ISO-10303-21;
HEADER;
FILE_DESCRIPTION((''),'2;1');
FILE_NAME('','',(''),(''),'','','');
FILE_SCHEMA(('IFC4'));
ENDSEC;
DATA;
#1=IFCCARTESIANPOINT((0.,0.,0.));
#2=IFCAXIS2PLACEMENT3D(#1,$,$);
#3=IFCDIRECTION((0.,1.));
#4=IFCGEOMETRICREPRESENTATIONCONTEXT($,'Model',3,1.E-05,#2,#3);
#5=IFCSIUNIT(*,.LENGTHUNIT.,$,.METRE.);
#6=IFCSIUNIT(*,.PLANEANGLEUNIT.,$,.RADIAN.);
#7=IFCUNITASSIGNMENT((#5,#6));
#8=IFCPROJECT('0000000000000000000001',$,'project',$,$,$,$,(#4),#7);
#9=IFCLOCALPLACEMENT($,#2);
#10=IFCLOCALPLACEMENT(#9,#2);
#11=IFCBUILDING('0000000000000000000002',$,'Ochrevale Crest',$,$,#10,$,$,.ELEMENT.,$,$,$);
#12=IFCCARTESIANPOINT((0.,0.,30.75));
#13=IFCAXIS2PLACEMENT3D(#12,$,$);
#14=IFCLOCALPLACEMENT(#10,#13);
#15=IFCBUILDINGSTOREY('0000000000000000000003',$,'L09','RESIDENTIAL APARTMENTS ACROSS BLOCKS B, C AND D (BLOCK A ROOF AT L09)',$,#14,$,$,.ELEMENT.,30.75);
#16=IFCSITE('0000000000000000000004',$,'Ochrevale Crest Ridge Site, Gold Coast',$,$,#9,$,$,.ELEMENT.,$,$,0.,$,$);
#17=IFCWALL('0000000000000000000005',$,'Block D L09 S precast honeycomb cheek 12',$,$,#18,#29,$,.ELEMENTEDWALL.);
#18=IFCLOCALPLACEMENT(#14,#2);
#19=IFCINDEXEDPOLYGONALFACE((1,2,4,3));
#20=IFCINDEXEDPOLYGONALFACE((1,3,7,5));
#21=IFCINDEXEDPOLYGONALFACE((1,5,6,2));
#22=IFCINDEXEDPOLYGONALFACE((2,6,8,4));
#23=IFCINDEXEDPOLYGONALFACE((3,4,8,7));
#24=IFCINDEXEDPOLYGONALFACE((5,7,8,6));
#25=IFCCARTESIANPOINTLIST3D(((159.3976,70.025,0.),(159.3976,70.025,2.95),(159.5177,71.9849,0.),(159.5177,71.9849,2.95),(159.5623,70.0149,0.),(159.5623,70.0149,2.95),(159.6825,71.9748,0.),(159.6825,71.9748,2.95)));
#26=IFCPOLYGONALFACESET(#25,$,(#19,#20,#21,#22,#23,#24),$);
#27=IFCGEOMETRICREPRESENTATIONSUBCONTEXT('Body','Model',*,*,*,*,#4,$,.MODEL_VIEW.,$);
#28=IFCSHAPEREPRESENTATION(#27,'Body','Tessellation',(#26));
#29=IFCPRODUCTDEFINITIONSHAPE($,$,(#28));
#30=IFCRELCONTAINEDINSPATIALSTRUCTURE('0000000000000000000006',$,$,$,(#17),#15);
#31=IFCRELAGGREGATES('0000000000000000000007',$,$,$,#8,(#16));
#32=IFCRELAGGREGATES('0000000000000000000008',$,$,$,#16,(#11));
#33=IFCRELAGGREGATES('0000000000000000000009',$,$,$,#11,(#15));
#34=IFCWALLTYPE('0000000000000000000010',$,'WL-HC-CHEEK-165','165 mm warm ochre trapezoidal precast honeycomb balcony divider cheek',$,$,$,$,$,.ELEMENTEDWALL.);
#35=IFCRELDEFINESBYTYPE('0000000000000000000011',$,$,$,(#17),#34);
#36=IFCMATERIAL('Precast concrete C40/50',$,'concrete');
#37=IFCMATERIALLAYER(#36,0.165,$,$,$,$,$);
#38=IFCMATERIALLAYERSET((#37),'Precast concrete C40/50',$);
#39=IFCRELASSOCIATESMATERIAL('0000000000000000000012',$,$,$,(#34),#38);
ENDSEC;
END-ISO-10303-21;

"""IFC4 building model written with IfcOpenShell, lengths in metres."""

from ifc_helpers import new_model, si_unit, direction, frame, frame_2d, origin, place, context, subcontext, project, spatial, rectangle, extrude, material, layer, layer_set, type_object, element, save


model = new_model("IFC4")

# Units and contexts
model_context = context("Model", 3, precision=1e-05, world=origin(), true_north=direction((0.0, 1.0)))
body_context = subcontext(model_context, "Body", "Model", "MODEL_VIEW")
ifc_project = project(units=[si_unit("LENGTHUNIT", "METRE"), si_unit("PLANEANGLEUNIT", "RADIAN")], contexts=[model_context])

# Site, building, storey
site_placement = place(None, origin())
site = spatial("IfcSite", under=ifc_project, at=site_placement, Name="Ochrevale Crest Ridge Site, Gold Coast", CompositionType="ELEMENT", RefElevation=0.0)
building_placement = place(site_placement, origin())
building = spatial("IfcBuilding", under=site, at=building_placement, Name="Ochrevale Crest", CompositionType="ELEMENT")
storey_placement = place(building_placement, frame((0.0, 0.0, 30.75)))
storey = spatial("IfcBuildingStorey", under=building, at=storey_placement, Name="L09", Description="RESIDENTIAL APARTMENTS ACROSS BLOCKS B, C AND D (BLOCK A ROOF AT L09)", CompositionType="ELEMENT", Elevation=30.75)

# Shared definitions
ifc_material_1 = material(Name="Precast concrete C40/50", Category="concrete")

# Wall
ifc_layer_1 = layer(ifc_material_1, 0.165)
ifc_layer_set_1 = layer_set([ifc_layer_1], Name="Precast concrete C40/50")
wall_type_1 = type_object("IfcWallType", Name="WL-HC-CHEEK-165", Description="165 mm warm ochre trapezoidal precast honeycomb balcony divider cheek", PredefinedType="ELEMENTEDWALL", material=ifc_layer_set_1)
wall_1_placement = place(storey_placement, frame((159.6001, 71.98, 0.0), z_axis=(0.0, 0.0, 1.0), x_axis=(-0.061171, -0.998127, 0.0)))
element("IfcWall", 1, at=wall_1_placement, inside=storey, type_object=wall_type_1, Name="Block D L09 S precast honeycomb cheek 12", PredefinedType="ELEMENTEDWALL", context=body_context, shape_type="SweptSolid", body=[
    extrude(rectangle(XDim=1.9636, YDim=0.165, at=frame_2d((0.9819, 0.0))), origin(), (0.0, 0.0, 1.0), 2.95),
])

save(model, "model.ifc")
